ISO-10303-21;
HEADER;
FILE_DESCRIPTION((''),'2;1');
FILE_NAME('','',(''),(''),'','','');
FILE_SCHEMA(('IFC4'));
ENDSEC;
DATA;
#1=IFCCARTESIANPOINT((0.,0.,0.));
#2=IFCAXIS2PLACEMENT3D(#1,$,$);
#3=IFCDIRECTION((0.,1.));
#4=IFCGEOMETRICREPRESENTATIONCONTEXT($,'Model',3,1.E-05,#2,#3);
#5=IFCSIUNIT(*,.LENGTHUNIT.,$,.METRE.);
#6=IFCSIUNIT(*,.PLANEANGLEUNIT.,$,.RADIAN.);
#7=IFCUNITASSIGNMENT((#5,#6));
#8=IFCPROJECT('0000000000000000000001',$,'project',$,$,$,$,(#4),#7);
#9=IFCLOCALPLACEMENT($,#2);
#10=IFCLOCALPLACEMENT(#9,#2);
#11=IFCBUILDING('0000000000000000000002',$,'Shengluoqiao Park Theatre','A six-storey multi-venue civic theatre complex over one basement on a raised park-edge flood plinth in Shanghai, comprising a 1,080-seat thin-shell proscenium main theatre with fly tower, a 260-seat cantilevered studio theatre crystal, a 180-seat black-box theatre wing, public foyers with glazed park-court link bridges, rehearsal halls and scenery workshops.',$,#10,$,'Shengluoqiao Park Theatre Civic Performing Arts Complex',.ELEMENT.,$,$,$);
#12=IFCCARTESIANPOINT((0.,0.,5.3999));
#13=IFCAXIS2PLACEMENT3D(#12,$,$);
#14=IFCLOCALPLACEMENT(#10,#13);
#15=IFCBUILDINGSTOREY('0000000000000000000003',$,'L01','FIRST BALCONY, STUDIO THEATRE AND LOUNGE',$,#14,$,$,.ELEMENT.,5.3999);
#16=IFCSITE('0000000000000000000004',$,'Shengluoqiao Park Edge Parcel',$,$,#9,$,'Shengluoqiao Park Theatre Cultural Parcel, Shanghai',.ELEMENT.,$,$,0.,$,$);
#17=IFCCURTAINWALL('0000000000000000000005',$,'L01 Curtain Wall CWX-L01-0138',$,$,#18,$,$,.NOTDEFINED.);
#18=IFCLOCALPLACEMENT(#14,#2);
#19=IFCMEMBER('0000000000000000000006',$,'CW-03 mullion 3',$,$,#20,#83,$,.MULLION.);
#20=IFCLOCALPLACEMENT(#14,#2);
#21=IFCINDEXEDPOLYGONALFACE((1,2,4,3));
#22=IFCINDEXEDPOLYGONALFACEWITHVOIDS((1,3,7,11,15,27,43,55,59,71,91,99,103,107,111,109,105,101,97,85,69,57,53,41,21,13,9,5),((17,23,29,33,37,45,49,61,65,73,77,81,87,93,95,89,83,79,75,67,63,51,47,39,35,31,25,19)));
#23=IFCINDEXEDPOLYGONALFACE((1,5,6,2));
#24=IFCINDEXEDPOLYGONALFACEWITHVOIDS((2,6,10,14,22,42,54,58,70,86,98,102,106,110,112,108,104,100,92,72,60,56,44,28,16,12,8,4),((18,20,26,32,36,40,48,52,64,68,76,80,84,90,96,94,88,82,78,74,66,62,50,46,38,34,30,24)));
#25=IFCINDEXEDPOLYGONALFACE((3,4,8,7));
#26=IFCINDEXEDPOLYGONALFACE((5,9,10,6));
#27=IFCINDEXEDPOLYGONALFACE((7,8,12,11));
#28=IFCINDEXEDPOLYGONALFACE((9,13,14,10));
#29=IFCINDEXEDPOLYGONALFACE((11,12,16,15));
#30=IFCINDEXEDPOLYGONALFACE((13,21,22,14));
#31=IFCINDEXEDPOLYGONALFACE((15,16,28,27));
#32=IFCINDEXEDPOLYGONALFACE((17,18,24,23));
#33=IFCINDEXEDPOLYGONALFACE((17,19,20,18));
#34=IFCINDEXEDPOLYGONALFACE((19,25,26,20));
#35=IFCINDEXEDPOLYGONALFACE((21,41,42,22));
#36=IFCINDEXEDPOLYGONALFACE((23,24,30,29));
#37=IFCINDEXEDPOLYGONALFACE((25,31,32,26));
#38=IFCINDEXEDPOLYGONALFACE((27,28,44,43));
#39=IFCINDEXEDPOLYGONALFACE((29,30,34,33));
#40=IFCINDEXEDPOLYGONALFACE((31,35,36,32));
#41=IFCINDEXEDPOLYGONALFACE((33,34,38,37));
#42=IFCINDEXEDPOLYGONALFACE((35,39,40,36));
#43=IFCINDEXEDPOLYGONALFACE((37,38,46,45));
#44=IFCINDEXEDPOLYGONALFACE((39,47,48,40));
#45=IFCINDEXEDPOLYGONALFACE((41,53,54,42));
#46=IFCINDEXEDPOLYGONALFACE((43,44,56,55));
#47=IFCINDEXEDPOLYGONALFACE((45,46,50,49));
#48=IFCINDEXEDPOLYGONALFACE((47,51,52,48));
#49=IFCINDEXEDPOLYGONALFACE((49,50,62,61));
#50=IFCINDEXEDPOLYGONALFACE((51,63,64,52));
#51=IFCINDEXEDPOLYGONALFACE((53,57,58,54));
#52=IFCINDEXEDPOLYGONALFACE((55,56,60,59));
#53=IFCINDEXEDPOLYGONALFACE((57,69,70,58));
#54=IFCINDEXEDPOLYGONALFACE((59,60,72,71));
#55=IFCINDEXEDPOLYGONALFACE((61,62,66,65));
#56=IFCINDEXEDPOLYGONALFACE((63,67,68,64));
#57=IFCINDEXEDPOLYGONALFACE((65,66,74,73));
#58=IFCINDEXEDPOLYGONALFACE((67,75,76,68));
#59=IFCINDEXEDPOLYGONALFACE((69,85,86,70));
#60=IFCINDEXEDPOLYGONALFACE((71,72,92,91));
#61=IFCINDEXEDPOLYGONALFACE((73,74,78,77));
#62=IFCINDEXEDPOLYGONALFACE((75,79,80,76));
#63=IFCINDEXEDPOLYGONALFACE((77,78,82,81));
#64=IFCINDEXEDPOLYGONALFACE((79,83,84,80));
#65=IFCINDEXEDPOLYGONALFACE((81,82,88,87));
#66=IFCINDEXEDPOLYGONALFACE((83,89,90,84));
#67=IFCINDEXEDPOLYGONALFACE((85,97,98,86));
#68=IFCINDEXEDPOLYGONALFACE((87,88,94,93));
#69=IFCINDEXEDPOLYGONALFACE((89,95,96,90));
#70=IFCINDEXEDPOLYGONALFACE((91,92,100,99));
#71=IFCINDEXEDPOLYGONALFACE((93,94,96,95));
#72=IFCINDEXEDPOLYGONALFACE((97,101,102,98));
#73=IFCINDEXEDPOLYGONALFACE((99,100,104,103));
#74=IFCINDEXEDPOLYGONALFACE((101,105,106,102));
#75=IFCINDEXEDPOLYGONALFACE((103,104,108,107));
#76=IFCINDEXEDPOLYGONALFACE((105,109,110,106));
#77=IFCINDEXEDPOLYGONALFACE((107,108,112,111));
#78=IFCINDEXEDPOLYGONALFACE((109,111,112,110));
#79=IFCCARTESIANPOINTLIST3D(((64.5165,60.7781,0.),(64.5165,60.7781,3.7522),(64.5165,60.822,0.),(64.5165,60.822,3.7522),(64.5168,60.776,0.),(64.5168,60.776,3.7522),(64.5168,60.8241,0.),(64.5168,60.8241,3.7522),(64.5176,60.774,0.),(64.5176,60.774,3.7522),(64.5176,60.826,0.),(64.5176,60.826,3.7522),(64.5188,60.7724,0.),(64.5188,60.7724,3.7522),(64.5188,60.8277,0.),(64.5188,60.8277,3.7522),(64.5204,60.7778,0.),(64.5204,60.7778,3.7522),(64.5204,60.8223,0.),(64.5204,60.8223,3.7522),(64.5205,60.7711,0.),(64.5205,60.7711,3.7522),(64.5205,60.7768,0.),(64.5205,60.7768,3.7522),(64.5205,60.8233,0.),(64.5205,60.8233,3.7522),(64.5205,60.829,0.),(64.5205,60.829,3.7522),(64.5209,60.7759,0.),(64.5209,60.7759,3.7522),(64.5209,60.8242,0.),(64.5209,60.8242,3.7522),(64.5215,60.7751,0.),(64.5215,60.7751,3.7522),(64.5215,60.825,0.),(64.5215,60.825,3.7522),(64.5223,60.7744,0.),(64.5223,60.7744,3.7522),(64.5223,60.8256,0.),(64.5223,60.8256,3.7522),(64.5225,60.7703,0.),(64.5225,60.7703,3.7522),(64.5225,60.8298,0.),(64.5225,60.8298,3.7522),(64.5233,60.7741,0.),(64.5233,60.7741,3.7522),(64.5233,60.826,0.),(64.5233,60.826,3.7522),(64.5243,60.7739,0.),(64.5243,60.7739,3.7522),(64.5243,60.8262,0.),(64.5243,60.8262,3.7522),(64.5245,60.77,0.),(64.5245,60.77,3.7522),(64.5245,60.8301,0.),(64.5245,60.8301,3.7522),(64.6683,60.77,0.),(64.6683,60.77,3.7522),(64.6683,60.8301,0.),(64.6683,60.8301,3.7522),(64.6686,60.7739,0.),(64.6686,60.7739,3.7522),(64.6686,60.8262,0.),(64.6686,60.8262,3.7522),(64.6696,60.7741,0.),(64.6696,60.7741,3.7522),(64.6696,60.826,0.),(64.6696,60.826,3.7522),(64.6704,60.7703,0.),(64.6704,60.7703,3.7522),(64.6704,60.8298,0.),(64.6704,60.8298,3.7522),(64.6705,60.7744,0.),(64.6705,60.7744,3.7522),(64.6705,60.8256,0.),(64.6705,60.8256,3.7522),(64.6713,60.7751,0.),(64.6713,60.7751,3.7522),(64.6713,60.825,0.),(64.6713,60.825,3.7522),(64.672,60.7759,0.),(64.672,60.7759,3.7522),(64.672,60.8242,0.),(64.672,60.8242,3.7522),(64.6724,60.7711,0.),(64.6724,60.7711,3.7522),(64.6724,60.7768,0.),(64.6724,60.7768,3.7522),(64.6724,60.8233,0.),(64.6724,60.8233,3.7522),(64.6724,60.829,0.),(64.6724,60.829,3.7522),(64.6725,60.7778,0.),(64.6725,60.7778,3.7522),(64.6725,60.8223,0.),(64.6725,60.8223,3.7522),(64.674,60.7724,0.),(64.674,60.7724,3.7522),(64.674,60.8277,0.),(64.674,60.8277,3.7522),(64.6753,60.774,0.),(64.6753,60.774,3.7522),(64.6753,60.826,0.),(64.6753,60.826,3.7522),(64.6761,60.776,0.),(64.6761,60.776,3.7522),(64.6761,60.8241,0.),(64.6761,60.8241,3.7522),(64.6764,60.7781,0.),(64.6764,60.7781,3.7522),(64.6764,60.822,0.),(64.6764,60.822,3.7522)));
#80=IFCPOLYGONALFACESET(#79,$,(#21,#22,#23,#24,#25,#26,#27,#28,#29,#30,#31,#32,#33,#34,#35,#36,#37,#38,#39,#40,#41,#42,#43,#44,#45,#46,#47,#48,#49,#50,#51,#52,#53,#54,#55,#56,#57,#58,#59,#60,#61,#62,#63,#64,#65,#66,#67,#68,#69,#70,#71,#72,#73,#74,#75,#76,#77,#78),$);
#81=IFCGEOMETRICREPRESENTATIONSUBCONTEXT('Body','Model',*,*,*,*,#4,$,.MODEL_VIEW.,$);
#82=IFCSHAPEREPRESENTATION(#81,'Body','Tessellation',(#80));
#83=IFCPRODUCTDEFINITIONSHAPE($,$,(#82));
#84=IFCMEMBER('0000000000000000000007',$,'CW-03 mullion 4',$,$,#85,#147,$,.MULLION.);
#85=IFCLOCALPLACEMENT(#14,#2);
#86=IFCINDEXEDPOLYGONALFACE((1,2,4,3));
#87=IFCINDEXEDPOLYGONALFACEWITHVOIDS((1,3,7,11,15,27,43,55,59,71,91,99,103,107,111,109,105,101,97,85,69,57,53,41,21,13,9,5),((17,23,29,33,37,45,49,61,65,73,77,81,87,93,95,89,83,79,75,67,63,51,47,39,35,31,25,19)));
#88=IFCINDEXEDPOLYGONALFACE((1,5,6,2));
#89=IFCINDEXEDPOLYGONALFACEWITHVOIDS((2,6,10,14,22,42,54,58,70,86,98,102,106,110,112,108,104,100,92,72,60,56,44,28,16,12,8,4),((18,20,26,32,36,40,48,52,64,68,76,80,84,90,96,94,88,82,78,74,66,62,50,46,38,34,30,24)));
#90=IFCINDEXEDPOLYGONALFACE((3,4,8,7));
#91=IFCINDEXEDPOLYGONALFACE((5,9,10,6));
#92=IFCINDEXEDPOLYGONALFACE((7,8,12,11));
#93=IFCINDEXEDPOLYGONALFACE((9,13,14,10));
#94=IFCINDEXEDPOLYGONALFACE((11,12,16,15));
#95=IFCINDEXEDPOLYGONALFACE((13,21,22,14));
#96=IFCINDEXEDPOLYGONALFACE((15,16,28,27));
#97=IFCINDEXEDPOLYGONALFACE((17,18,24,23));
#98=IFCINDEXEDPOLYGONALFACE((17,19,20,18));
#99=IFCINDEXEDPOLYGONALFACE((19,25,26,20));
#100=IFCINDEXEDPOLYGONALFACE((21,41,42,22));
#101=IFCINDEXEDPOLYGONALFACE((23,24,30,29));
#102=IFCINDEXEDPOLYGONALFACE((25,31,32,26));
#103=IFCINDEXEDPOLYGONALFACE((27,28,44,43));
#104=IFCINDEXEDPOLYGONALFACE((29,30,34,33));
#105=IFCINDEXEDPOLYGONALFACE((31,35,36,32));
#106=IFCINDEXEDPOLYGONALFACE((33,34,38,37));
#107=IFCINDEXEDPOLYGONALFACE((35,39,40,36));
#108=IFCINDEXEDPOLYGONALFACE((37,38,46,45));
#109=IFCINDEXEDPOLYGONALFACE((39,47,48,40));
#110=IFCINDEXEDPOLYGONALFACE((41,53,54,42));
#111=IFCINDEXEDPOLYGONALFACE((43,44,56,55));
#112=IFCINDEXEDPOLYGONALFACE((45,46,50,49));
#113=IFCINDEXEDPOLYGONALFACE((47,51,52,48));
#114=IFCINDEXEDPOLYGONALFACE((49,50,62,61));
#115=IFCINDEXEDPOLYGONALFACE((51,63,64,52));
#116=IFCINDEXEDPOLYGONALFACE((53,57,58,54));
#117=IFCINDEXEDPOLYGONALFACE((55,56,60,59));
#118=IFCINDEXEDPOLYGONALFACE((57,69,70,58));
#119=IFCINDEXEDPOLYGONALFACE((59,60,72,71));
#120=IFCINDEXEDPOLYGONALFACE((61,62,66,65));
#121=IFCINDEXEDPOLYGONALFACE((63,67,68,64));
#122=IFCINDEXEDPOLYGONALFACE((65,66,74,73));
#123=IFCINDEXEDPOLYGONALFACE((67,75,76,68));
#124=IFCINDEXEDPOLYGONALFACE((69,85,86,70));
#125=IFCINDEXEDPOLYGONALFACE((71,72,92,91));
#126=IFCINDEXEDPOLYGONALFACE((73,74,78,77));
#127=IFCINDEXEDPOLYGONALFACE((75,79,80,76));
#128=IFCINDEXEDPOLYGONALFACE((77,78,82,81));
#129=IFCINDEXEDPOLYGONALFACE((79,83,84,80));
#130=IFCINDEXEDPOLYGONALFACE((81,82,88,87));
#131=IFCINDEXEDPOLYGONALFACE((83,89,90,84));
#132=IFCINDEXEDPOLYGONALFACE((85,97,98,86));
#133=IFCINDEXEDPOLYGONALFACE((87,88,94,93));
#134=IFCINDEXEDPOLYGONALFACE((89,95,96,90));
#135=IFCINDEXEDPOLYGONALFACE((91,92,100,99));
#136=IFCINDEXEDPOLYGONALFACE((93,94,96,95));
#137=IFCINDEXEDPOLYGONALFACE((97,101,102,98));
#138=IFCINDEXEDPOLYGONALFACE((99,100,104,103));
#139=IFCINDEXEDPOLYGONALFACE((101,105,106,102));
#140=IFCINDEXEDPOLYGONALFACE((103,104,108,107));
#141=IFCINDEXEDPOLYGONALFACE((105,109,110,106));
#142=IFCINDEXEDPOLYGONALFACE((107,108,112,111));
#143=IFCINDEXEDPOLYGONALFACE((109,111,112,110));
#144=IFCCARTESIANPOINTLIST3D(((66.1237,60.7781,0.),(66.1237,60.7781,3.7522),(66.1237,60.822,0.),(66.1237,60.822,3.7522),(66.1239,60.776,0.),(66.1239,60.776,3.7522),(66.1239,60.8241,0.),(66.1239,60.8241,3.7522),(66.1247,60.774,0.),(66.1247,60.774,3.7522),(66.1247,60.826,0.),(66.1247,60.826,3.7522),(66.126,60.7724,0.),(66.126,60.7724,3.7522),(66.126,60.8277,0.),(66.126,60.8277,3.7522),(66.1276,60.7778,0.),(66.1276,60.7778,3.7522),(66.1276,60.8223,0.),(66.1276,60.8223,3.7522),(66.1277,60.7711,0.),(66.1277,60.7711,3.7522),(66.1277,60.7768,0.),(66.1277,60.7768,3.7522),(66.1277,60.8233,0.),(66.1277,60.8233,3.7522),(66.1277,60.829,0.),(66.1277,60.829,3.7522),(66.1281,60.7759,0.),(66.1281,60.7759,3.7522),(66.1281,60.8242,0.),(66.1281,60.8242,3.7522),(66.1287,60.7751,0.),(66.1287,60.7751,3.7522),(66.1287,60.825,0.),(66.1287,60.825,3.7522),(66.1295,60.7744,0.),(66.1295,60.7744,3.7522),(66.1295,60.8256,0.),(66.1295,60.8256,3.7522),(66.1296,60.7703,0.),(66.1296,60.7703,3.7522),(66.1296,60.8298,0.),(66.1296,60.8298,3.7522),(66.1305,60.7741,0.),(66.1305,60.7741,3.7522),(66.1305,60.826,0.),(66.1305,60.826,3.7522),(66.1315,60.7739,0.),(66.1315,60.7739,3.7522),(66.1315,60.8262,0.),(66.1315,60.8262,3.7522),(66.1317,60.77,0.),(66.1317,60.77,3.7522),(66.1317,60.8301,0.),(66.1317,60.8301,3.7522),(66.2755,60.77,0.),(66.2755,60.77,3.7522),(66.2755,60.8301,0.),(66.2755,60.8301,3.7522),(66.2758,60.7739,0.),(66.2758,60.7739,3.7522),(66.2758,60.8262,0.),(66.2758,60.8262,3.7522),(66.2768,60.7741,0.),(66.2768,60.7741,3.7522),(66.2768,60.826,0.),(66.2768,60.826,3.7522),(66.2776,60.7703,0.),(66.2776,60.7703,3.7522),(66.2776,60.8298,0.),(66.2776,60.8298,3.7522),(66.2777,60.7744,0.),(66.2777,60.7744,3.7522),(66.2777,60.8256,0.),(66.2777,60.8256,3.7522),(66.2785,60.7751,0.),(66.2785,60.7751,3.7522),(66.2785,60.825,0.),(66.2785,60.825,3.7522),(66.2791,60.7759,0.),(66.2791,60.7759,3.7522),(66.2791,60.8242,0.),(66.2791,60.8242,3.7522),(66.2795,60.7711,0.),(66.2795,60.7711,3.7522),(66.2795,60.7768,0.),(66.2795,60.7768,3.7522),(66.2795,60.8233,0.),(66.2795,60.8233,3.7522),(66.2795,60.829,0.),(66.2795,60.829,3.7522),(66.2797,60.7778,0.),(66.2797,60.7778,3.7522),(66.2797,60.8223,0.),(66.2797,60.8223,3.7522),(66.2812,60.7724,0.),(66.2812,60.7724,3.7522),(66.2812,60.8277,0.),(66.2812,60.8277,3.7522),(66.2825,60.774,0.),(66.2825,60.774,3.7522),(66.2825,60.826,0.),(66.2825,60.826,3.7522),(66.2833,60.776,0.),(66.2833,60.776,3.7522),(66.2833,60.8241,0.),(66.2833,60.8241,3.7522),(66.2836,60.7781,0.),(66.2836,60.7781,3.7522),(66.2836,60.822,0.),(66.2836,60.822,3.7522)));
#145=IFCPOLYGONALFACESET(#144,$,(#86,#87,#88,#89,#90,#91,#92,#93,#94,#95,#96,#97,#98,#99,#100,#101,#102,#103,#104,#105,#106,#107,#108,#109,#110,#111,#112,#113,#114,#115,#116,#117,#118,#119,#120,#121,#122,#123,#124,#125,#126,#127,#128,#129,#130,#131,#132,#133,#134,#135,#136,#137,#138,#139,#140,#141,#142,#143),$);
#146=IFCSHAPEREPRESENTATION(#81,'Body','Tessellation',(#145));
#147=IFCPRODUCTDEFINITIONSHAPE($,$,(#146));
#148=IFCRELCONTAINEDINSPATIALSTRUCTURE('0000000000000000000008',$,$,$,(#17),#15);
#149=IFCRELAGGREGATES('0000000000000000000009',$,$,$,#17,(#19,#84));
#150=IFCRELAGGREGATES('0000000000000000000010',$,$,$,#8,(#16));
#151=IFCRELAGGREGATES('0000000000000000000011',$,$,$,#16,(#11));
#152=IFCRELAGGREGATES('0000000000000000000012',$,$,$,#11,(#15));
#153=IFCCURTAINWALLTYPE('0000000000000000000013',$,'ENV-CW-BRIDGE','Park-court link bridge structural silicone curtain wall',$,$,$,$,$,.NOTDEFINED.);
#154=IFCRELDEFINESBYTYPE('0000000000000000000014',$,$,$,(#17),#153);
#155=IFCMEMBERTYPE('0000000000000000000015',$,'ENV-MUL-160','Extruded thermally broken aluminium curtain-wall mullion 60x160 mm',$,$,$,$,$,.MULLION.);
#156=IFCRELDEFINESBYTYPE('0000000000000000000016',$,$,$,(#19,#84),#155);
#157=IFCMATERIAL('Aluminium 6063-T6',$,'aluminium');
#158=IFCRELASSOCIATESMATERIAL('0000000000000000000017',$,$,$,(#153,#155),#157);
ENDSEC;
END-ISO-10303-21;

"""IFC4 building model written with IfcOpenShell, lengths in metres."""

from ifc_helpers import new_model, si_unit, direction, frame, origin, origin_2d, place, context, subcontext, project, spatial, hollow_rectangle, extrude, material, material_profile, profile_set, type_object, element, aggregate, save


model = new_model("IFC4")

# Units and contexts
model_context = context("Model", 3, precision=1e-05, world=origin(), true_north=direction((0.0, 1.0)))
body_context = subcontext(model_context, "Body", "Model", "MODEL_VIEW")
ifc_project = project(units=[si_unit("LENGTHUNIT", "METRE"), si_unit("PLANEANGLEUNIT", "RADIAN")], contexts=[model_context])

# Site, building, storey
site_placement = place(None, origin())
site = spatial("IfcSite", under=ifc_project, at=site_placement, Name="Shengluoqiao Park Edge Parcel", LongName="Shengluoqiao Park Theatre Cultural Parcel, Shanghai", CompositionType="ELEMENT", RefElevation=0.0)
building_placement = place(site_placement, origin())
building = spatial("IfcBuilding", under=site, at=building_placement, Name="Shengluoqiao Park Theatre", Description="A six-storey multi-venue civic theatre complex over one basement on a raised park-edge flood plinth in Shanghai, comprising a 1,080-seat thin-shell proscenium main theatre with fly tower, a 260-seat cantilevered studio theatre crystal, a 180-seat black-box theatre wing, public foyers with glazed park-court link bridges, rehearsal halls and scenery workshops.", LongName="Shengluoqiao Park Theatre Civic Performing Arts Complex", CompositionType="ELEMENT")
storey_placement = place(building_placement, frame((0.0, 0.0, 5.3999)))
storey = spatial("IfcBuildingStorey", under=building, at=storey_placement, Name="L01", Description="FIRST BALCONY, STUDIO THEATRE AND LOUNGE", CompositionType="ELEMENT", Elevation=5.3999)

# Curtain wall, members
ifc_material_1 = material(Name="Aluminium 6063-T6", Category="aluminium")
curtain_wall_type_1 = type_object("IfcCurtainWallType", Name="ENV-CW-BRIDGE", Description="Park-court link bridge structural silicone curtain wall", PredefinedType="NOTDEFINED", material=ifc_material_1)
curtain_wall_1_placement = place(storey_placement, origin())
curtain_wall_1 = element("IfcCurtainWall", 1, at=curtain_wall_1_placement, inside=storey, type_object=curtain_wall_type_1, Name="L01 Curtain Wall CWX-L01-0138", PredefinedType="NOTDEFINED")
ifc_material_profile_1 = material_profile(ifc_material_1, hollow_rectangle(XDim=0.0601, YDim=0.1599, WallThickness=0.0039, InnerFilletRadius=0.0039, OuterFilletRadius=0.0081, at=origin_2d()), Name="ALU MULLION 160x60x4")
ifc_profile_set_1 = profile_set([ifc_material_profile_1], Name="Aluminium 6063-T6")
member_type_1 = type_object("IfcMemberType", Name="ENV-MUL-160", Description="Extruded thermally broken aluminium curtain-wall mullion 60x160 mm", PredefinedType="MULLION", material=ifc_profile_set_1)
member_1_placement = place(storey_placement, frame((64.5964, 60.8, 0.0), z_axis=(0.0, 0.0, 1.0), x_axis=(0.0, 1.0, 0.0)))
member_1 = element("IfcMember", 2, at=member_1_placement, type_object=member_type_1, Name="CW-03 mullion 3", PredefinedType="MULLION", context=body_context, shape_type="SweptSolid", body=[
    extrude(hollow_rectangle(XDim=0.0601, YDim=0.1599, WallThickness=0.0039, InnerFilletRadius=0.0039, OuterFilletRadius=0.0081, at=origin_2d()), origin(), (0.0, 0.0, 1.0), 3.7522),
])
member_2_placement = place(storey_placement, frame((66.2036, 60.8, 0.0), z_axis=(0.0, 0.0, 1.0), x_axis=(0.0, 1.0, 0.0)))
member_2 = element("IfcMember", 3, at=member_2_placement, type_object=member_type_1, Name="CW-03 mullion 4", PredefinedType="MULLION", context=body_context, shape_type="SweptSolid", body=[
    extrude(hollow_rectangle(XDim=0.0601, YDim=0.1599, WallThickness=0.0039, InnerFilletRadius=0.0039, OuterFilletRadius=0.0081, at=origin_2d()), origin(), (0.0, 0.0, 1.0), 3.7522),
])

aggregate(curtain_wall_1, [member_1, member_2])

save(model, "model.ifc")
